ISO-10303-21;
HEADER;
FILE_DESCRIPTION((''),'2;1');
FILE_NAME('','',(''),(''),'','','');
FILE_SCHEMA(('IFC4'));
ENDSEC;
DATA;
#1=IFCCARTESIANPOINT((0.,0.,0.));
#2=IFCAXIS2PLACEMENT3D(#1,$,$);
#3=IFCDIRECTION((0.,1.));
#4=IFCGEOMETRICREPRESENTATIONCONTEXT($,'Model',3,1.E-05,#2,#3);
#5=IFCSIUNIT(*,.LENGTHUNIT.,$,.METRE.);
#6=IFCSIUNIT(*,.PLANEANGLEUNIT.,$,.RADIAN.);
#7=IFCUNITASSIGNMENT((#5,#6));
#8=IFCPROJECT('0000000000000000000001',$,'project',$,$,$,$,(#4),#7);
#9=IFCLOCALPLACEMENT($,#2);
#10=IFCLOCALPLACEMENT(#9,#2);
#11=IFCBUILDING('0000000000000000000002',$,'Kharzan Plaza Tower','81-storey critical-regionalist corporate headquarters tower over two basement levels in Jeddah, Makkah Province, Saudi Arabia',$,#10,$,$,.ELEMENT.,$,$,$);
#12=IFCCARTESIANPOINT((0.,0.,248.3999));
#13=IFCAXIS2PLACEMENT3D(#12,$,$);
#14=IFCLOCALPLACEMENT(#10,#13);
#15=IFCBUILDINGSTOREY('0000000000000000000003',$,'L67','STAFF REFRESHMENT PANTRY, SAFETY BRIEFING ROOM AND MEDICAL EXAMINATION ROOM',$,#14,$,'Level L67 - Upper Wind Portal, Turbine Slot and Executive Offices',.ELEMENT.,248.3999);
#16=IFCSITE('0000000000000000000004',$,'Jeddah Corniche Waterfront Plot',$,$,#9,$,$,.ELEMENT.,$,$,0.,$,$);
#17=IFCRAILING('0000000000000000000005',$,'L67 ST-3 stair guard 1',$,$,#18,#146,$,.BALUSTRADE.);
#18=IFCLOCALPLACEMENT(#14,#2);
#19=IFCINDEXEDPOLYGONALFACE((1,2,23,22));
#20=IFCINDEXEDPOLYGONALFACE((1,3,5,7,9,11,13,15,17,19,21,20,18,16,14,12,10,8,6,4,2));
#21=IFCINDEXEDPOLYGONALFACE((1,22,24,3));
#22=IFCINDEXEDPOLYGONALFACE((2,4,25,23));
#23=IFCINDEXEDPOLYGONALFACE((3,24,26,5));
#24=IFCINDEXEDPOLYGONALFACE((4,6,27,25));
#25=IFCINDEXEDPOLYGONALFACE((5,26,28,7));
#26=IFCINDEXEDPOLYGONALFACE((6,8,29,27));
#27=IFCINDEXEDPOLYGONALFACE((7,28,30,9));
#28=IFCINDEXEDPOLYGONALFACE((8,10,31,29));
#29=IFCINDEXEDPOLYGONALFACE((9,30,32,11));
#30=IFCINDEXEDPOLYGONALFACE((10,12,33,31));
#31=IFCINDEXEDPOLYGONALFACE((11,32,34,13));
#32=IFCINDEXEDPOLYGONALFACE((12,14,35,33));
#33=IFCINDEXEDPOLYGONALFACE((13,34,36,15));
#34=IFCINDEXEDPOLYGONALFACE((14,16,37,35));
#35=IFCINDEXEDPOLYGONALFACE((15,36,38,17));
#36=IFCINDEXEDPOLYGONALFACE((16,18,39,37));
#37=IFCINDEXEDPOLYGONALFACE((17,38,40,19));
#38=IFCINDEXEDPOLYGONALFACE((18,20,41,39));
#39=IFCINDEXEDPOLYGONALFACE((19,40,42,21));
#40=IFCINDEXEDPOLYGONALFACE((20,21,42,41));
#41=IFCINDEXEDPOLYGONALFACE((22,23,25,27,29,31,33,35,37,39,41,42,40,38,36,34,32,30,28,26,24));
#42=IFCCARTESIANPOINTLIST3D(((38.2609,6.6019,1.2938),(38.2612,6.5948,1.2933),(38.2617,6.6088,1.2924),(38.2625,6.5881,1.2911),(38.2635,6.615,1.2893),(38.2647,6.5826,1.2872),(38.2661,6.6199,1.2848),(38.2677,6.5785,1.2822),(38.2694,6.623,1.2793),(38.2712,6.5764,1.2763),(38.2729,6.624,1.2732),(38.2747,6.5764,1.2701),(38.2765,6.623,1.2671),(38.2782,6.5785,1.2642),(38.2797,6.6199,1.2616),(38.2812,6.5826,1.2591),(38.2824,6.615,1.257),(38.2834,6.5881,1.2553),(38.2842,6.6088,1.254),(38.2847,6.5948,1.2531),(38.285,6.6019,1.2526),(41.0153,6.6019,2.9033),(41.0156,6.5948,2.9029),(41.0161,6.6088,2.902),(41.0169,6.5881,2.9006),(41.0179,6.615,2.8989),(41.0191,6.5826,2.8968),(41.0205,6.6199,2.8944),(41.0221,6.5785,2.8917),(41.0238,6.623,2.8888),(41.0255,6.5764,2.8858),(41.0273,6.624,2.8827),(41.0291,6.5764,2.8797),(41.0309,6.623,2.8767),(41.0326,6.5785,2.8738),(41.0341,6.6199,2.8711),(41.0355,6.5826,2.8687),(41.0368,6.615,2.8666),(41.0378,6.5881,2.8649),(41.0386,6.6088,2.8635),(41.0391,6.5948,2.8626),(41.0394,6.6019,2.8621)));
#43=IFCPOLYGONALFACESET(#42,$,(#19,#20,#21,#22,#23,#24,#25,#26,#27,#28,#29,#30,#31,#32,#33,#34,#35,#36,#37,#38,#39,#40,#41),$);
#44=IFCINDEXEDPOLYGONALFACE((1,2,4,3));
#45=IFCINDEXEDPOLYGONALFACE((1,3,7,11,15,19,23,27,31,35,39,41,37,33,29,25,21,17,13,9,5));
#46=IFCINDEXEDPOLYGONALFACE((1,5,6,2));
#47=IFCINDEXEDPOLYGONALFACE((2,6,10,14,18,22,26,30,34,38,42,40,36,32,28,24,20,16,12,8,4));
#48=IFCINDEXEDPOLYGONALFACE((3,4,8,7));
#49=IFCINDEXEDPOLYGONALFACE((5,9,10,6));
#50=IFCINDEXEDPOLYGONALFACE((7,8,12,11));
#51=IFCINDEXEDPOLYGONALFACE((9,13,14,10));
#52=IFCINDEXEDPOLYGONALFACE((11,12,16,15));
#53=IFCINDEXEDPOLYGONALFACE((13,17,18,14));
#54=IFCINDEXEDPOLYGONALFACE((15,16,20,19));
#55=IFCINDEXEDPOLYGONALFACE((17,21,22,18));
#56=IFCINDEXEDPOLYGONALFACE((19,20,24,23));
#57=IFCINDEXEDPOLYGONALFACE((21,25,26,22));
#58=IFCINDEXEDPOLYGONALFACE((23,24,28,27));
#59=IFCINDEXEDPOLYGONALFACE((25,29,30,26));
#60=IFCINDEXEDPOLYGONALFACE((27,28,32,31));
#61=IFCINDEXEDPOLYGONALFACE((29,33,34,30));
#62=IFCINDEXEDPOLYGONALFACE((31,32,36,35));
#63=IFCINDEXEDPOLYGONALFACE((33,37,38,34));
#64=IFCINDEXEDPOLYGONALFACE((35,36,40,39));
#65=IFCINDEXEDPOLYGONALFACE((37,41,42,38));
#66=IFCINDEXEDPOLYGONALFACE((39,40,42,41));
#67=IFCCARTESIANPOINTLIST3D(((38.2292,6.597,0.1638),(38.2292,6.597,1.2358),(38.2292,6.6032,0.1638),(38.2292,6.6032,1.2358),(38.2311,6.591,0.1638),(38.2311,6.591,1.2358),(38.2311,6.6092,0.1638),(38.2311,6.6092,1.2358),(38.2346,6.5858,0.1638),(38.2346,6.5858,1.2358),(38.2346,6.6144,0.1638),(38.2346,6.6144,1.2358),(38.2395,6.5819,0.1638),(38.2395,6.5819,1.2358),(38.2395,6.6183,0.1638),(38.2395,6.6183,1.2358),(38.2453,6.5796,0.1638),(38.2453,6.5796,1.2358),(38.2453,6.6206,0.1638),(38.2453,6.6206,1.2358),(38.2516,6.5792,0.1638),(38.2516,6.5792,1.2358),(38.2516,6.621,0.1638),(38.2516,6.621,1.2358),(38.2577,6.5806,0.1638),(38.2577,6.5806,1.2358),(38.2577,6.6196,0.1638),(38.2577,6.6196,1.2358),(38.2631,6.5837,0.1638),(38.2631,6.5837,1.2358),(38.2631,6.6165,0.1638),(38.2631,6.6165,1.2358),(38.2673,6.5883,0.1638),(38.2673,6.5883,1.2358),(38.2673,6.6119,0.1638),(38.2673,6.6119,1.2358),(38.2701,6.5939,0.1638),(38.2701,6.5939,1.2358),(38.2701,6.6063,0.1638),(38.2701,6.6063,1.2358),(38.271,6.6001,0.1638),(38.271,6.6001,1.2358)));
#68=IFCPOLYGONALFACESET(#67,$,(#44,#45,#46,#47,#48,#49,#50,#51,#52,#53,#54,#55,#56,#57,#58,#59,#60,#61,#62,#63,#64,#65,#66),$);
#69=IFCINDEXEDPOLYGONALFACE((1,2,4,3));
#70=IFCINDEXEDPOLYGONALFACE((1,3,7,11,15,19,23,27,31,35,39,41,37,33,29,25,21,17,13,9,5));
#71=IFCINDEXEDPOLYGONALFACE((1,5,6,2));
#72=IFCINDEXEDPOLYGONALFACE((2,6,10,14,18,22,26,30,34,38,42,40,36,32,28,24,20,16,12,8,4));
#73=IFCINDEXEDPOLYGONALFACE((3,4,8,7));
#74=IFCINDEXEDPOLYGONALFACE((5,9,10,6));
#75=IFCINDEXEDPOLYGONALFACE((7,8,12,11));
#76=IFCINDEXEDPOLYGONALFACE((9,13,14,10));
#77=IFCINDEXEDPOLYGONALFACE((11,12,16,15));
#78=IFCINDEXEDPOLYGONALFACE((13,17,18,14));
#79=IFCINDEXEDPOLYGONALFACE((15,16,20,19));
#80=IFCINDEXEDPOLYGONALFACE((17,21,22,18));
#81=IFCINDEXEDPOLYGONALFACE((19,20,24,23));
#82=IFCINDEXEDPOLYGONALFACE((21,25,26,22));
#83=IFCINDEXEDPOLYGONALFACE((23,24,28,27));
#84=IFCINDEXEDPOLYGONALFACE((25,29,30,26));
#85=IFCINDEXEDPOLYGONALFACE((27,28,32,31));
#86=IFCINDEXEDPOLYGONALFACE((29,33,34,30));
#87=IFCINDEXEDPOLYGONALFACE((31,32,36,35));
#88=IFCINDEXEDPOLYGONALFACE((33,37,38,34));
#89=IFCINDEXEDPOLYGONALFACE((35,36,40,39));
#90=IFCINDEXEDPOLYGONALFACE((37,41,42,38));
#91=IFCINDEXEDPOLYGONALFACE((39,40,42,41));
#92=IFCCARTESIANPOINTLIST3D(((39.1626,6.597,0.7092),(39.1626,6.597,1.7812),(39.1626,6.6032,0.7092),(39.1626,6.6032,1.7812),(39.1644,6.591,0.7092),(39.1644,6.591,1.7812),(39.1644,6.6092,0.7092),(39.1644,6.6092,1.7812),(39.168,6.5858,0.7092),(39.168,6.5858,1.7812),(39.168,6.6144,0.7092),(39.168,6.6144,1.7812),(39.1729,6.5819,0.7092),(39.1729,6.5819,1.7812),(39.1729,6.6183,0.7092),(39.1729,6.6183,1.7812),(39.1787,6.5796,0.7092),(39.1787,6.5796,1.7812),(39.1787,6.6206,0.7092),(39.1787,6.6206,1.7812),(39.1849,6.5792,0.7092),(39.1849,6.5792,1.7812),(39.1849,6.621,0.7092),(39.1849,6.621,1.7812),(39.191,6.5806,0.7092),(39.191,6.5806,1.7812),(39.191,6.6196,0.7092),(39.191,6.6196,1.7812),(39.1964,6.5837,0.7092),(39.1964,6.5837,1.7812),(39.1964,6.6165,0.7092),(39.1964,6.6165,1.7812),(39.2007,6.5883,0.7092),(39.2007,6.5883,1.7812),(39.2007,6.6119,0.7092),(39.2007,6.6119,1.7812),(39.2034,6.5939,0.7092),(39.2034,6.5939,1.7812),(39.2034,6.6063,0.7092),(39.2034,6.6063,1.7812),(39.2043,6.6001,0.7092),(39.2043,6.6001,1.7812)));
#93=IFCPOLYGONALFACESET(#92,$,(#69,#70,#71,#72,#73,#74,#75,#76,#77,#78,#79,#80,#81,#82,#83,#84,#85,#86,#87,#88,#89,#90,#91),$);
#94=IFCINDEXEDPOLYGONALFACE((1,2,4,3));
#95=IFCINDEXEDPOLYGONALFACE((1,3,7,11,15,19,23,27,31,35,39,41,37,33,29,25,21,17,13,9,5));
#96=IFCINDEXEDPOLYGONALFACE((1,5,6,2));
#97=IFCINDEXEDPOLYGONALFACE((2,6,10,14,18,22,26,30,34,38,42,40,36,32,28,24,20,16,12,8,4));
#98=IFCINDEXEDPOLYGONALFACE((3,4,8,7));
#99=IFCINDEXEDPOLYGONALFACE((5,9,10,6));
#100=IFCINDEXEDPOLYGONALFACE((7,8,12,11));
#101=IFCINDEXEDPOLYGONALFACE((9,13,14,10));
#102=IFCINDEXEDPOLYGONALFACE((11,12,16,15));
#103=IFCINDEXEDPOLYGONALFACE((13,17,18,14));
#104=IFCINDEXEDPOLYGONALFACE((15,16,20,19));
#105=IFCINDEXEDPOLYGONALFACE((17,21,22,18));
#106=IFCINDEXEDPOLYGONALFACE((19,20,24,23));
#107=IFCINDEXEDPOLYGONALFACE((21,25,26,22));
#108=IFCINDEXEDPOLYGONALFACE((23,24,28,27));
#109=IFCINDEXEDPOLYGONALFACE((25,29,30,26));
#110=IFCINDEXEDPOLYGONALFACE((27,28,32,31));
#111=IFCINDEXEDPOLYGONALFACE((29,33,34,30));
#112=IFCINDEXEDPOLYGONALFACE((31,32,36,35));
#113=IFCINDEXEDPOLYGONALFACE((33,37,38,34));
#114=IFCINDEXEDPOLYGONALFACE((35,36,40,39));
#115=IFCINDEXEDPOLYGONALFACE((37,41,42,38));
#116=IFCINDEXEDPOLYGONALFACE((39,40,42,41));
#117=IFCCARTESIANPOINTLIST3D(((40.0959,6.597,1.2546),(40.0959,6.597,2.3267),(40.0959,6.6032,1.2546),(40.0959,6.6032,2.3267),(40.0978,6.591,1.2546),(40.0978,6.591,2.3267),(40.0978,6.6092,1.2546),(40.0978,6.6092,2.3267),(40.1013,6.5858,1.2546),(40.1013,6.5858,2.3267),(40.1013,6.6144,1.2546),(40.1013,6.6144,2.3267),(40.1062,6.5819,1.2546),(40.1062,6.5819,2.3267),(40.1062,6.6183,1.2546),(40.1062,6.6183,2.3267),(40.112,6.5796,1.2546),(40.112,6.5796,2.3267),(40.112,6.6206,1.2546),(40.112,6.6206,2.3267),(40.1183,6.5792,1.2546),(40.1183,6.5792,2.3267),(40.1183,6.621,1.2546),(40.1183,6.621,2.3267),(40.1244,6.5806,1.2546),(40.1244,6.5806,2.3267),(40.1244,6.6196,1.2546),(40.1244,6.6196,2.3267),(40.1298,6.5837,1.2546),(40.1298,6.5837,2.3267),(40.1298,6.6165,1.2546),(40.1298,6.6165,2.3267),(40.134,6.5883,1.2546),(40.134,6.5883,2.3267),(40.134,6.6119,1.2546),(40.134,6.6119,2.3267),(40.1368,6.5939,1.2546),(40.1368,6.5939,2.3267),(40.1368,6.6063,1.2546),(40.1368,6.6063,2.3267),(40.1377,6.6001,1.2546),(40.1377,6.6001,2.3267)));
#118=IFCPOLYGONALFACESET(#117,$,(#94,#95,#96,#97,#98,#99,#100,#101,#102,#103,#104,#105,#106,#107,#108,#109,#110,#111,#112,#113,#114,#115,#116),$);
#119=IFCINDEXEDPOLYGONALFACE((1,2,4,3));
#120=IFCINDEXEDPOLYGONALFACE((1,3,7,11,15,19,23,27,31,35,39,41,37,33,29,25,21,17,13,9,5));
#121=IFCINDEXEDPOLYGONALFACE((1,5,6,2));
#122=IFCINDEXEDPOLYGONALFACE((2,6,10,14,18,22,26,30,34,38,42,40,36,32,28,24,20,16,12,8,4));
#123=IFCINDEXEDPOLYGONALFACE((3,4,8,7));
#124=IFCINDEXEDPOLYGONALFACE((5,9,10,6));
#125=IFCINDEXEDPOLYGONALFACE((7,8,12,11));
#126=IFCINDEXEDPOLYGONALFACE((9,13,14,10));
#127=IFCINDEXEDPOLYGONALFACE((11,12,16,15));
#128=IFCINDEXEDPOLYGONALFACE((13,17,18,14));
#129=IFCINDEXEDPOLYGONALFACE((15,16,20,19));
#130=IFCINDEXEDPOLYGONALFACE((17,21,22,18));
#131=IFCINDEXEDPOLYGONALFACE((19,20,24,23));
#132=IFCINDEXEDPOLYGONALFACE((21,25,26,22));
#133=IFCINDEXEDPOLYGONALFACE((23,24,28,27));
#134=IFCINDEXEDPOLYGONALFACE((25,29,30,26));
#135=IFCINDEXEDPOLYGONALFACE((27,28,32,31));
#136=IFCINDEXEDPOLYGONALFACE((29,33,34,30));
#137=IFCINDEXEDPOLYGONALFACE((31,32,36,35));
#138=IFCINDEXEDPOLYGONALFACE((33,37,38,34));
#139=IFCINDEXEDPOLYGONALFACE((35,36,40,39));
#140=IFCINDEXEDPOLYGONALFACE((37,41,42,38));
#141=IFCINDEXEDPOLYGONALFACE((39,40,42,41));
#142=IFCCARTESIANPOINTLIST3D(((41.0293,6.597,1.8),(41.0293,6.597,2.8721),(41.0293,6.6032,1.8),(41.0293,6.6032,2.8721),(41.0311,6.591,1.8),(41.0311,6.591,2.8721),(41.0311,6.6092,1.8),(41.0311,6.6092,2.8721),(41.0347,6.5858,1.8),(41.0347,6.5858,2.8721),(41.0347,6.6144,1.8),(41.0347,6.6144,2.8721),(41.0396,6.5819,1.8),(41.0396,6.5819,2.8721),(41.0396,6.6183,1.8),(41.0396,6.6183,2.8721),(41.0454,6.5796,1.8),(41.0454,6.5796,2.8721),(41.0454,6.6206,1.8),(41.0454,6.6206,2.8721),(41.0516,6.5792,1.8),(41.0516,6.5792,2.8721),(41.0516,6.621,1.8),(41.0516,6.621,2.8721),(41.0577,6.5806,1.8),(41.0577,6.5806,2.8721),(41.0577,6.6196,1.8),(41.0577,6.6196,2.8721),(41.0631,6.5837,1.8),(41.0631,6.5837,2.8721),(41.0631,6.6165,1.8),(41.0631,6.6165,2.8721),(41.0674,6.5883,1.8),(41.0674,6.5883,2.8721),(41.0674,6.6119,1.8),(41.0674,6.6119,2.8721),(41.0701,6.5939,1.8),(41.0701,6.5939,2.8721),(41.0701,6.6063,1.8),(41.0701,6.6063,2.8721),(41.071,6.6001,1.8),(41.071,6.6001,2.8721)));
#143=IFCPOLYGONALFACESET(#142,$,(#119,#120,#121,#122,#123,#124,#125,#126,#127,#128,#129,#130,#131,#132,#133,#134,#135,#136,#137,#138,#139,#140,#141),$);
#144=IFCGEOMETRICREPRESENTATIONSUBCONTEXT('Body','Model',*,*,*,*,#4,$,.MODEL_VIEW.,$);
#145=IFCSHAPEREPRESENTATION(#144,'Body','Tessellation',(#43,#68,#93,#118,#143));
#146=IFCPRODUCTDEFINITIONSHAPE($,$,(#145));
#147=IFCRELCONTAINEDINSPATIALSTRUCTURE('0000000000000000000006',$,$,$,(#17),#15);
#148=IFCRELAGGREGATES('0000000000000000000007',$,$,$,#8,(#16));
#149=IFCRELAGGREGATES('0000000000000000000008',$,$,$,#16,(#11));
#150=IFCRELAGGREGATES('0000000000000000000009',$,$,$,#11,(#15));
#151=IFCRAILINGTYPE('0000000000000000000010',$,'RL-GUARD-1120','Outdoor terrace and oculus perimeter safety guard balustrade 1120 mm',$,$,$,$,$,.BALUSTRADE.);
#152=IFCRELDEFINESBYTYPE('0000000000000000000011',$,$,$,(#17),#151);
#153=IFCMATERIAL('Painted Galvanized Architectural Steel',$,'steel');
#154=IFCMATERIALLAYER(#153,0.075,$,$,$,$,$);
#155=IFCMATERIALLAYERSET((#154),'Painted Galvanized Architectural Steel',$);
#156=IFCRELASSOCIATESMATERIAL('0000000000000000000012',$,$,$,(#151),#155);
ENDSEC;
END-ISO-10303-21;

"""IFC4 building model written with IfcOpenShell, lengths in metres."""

from ifc_helpers import new_model, si_unit, direction, frame, origin, origin_2d, place, context, subcontext, project, spatial, circle, extrude, source, transform, mapped, material, layer, layer_set, type_object, element, save


model = new_model("IFC4")

# Units and contexts
model_context = context("Model", 3, precision=1e-05, world=origin(), true_north=direction((0.0, 1.0)))
body_context = subcontext(model_context, "Body", "Model", "MODEL_VIEW")
ifc_project = project(units=[si_unit("LENGTHUNIT", "METRE"), si_unit("PLANEANGLEUNIT", "RADIAN")], contexts=[model_context])

# Site, building, storey
site_placement = place(None, origin())
site = spatial("IfcSite", under=ifc_project, at=site_placement, Name="Jeddah Corniche Waterfront Plot", CompositionType="ELEMENT", RefElevation=0.0)
building_placement = place(site_placement, origin())
building = spatial("IfcBuilding", under=site, at=building_placement, Name="Kharzan Plaza Tower", Description="81-storey critical-regionalist corporate headquarters tower over two basement levels in Jeddah, Makkah Province, Saudi Arabia", CompositionType="ELEMENT")
storey_placement = place(building_placement, frame((0.0, 0.0, 248.3999)))
storey = spatial("IfcBuildingStorey", under=building, at=storey_placement, Name="L67", Description="STAFF REFRESHMENT PANTRY, SAFETY BRIEFING ROOM AND MEDICAL EXAMINATION ROOM", LongName="Level L67 - Upper Wind Portal, Turbine Slot and Executive Offices", CompositionType="ELEMENT", Elevation=248.3999)

# Railing
ifc_material_1 = material(Name="Painted Galvanized Architectural Steel", Category="steel")
ifc_layer_1 = layer(ifc_material_1, 0.075)
ifc_layer_set_1 = layer_set([ifc_layer_1], Name="Painted Galvanized Architectural Steel")
railing_type_1 = type_object("IfcRailingType", Name="RL-GUARD-1120", Description="Outdoor terrace and oculus perimeter safety guard balustrade 1120 mm", PredefinedType="BALUSTRADE", material=ifc_layer_set_1)
shared_shape_1 = source(origin(), body_context, "Body", "SweptSolid", [
    extrude(circle(Radius=0.0239, at=origin_2d()), frame((0.0229, 0.0, 1.1094), z_axis=(0.863394, 0.0, 0.504531), x_axis=(0.0, 1.0, 0.0)), (0.0, 0.0, 1.0), 3.1902),
    extrude(circle(Radius=0.021, at=origin_2d()), origin(), (0.0, 0.0, 1.0), 1.072),
    extrude(circle(Radius=0.021, at=origin_2d()), frame((0.9333, 0.0, 0.5454)), (0.0, 0.0, 1.0), 1.072),
    extrude(circle(Radius=0.021, at=origin_2d()), frame((1.8667, 0.0, 1.0908)), (0.0, 0.0, 1.0), 1.072),
    extrude(circle(Radius=0.021, at=origin_2d()), frame((2.8, 0.0, 1.6362)), (0.0, 0.0, 1.0), 1.072),
])
railing_1_placement = place(storey_placement, frame((38.25, 6.6001, 0.1638)))
element("IfcRailing", 1, at=railing_1_placement, inside=storey, type_object=railing_type_1, Name="L67 ST-3 stair guard 1", PredefinedType="BALUSTRADE", context=body_context, shape_type="MappedRepresentation", body=[
    mapped(shared_shape_1, transform((0.0, 0.0, 0.0), x_axis=(1.0, 0.0, 0.0), y_axis=(0.0, 1.0, 0.0), z_axis=(0.0, 0.0, 1.0))),
])

save(model, "model.ifc")
